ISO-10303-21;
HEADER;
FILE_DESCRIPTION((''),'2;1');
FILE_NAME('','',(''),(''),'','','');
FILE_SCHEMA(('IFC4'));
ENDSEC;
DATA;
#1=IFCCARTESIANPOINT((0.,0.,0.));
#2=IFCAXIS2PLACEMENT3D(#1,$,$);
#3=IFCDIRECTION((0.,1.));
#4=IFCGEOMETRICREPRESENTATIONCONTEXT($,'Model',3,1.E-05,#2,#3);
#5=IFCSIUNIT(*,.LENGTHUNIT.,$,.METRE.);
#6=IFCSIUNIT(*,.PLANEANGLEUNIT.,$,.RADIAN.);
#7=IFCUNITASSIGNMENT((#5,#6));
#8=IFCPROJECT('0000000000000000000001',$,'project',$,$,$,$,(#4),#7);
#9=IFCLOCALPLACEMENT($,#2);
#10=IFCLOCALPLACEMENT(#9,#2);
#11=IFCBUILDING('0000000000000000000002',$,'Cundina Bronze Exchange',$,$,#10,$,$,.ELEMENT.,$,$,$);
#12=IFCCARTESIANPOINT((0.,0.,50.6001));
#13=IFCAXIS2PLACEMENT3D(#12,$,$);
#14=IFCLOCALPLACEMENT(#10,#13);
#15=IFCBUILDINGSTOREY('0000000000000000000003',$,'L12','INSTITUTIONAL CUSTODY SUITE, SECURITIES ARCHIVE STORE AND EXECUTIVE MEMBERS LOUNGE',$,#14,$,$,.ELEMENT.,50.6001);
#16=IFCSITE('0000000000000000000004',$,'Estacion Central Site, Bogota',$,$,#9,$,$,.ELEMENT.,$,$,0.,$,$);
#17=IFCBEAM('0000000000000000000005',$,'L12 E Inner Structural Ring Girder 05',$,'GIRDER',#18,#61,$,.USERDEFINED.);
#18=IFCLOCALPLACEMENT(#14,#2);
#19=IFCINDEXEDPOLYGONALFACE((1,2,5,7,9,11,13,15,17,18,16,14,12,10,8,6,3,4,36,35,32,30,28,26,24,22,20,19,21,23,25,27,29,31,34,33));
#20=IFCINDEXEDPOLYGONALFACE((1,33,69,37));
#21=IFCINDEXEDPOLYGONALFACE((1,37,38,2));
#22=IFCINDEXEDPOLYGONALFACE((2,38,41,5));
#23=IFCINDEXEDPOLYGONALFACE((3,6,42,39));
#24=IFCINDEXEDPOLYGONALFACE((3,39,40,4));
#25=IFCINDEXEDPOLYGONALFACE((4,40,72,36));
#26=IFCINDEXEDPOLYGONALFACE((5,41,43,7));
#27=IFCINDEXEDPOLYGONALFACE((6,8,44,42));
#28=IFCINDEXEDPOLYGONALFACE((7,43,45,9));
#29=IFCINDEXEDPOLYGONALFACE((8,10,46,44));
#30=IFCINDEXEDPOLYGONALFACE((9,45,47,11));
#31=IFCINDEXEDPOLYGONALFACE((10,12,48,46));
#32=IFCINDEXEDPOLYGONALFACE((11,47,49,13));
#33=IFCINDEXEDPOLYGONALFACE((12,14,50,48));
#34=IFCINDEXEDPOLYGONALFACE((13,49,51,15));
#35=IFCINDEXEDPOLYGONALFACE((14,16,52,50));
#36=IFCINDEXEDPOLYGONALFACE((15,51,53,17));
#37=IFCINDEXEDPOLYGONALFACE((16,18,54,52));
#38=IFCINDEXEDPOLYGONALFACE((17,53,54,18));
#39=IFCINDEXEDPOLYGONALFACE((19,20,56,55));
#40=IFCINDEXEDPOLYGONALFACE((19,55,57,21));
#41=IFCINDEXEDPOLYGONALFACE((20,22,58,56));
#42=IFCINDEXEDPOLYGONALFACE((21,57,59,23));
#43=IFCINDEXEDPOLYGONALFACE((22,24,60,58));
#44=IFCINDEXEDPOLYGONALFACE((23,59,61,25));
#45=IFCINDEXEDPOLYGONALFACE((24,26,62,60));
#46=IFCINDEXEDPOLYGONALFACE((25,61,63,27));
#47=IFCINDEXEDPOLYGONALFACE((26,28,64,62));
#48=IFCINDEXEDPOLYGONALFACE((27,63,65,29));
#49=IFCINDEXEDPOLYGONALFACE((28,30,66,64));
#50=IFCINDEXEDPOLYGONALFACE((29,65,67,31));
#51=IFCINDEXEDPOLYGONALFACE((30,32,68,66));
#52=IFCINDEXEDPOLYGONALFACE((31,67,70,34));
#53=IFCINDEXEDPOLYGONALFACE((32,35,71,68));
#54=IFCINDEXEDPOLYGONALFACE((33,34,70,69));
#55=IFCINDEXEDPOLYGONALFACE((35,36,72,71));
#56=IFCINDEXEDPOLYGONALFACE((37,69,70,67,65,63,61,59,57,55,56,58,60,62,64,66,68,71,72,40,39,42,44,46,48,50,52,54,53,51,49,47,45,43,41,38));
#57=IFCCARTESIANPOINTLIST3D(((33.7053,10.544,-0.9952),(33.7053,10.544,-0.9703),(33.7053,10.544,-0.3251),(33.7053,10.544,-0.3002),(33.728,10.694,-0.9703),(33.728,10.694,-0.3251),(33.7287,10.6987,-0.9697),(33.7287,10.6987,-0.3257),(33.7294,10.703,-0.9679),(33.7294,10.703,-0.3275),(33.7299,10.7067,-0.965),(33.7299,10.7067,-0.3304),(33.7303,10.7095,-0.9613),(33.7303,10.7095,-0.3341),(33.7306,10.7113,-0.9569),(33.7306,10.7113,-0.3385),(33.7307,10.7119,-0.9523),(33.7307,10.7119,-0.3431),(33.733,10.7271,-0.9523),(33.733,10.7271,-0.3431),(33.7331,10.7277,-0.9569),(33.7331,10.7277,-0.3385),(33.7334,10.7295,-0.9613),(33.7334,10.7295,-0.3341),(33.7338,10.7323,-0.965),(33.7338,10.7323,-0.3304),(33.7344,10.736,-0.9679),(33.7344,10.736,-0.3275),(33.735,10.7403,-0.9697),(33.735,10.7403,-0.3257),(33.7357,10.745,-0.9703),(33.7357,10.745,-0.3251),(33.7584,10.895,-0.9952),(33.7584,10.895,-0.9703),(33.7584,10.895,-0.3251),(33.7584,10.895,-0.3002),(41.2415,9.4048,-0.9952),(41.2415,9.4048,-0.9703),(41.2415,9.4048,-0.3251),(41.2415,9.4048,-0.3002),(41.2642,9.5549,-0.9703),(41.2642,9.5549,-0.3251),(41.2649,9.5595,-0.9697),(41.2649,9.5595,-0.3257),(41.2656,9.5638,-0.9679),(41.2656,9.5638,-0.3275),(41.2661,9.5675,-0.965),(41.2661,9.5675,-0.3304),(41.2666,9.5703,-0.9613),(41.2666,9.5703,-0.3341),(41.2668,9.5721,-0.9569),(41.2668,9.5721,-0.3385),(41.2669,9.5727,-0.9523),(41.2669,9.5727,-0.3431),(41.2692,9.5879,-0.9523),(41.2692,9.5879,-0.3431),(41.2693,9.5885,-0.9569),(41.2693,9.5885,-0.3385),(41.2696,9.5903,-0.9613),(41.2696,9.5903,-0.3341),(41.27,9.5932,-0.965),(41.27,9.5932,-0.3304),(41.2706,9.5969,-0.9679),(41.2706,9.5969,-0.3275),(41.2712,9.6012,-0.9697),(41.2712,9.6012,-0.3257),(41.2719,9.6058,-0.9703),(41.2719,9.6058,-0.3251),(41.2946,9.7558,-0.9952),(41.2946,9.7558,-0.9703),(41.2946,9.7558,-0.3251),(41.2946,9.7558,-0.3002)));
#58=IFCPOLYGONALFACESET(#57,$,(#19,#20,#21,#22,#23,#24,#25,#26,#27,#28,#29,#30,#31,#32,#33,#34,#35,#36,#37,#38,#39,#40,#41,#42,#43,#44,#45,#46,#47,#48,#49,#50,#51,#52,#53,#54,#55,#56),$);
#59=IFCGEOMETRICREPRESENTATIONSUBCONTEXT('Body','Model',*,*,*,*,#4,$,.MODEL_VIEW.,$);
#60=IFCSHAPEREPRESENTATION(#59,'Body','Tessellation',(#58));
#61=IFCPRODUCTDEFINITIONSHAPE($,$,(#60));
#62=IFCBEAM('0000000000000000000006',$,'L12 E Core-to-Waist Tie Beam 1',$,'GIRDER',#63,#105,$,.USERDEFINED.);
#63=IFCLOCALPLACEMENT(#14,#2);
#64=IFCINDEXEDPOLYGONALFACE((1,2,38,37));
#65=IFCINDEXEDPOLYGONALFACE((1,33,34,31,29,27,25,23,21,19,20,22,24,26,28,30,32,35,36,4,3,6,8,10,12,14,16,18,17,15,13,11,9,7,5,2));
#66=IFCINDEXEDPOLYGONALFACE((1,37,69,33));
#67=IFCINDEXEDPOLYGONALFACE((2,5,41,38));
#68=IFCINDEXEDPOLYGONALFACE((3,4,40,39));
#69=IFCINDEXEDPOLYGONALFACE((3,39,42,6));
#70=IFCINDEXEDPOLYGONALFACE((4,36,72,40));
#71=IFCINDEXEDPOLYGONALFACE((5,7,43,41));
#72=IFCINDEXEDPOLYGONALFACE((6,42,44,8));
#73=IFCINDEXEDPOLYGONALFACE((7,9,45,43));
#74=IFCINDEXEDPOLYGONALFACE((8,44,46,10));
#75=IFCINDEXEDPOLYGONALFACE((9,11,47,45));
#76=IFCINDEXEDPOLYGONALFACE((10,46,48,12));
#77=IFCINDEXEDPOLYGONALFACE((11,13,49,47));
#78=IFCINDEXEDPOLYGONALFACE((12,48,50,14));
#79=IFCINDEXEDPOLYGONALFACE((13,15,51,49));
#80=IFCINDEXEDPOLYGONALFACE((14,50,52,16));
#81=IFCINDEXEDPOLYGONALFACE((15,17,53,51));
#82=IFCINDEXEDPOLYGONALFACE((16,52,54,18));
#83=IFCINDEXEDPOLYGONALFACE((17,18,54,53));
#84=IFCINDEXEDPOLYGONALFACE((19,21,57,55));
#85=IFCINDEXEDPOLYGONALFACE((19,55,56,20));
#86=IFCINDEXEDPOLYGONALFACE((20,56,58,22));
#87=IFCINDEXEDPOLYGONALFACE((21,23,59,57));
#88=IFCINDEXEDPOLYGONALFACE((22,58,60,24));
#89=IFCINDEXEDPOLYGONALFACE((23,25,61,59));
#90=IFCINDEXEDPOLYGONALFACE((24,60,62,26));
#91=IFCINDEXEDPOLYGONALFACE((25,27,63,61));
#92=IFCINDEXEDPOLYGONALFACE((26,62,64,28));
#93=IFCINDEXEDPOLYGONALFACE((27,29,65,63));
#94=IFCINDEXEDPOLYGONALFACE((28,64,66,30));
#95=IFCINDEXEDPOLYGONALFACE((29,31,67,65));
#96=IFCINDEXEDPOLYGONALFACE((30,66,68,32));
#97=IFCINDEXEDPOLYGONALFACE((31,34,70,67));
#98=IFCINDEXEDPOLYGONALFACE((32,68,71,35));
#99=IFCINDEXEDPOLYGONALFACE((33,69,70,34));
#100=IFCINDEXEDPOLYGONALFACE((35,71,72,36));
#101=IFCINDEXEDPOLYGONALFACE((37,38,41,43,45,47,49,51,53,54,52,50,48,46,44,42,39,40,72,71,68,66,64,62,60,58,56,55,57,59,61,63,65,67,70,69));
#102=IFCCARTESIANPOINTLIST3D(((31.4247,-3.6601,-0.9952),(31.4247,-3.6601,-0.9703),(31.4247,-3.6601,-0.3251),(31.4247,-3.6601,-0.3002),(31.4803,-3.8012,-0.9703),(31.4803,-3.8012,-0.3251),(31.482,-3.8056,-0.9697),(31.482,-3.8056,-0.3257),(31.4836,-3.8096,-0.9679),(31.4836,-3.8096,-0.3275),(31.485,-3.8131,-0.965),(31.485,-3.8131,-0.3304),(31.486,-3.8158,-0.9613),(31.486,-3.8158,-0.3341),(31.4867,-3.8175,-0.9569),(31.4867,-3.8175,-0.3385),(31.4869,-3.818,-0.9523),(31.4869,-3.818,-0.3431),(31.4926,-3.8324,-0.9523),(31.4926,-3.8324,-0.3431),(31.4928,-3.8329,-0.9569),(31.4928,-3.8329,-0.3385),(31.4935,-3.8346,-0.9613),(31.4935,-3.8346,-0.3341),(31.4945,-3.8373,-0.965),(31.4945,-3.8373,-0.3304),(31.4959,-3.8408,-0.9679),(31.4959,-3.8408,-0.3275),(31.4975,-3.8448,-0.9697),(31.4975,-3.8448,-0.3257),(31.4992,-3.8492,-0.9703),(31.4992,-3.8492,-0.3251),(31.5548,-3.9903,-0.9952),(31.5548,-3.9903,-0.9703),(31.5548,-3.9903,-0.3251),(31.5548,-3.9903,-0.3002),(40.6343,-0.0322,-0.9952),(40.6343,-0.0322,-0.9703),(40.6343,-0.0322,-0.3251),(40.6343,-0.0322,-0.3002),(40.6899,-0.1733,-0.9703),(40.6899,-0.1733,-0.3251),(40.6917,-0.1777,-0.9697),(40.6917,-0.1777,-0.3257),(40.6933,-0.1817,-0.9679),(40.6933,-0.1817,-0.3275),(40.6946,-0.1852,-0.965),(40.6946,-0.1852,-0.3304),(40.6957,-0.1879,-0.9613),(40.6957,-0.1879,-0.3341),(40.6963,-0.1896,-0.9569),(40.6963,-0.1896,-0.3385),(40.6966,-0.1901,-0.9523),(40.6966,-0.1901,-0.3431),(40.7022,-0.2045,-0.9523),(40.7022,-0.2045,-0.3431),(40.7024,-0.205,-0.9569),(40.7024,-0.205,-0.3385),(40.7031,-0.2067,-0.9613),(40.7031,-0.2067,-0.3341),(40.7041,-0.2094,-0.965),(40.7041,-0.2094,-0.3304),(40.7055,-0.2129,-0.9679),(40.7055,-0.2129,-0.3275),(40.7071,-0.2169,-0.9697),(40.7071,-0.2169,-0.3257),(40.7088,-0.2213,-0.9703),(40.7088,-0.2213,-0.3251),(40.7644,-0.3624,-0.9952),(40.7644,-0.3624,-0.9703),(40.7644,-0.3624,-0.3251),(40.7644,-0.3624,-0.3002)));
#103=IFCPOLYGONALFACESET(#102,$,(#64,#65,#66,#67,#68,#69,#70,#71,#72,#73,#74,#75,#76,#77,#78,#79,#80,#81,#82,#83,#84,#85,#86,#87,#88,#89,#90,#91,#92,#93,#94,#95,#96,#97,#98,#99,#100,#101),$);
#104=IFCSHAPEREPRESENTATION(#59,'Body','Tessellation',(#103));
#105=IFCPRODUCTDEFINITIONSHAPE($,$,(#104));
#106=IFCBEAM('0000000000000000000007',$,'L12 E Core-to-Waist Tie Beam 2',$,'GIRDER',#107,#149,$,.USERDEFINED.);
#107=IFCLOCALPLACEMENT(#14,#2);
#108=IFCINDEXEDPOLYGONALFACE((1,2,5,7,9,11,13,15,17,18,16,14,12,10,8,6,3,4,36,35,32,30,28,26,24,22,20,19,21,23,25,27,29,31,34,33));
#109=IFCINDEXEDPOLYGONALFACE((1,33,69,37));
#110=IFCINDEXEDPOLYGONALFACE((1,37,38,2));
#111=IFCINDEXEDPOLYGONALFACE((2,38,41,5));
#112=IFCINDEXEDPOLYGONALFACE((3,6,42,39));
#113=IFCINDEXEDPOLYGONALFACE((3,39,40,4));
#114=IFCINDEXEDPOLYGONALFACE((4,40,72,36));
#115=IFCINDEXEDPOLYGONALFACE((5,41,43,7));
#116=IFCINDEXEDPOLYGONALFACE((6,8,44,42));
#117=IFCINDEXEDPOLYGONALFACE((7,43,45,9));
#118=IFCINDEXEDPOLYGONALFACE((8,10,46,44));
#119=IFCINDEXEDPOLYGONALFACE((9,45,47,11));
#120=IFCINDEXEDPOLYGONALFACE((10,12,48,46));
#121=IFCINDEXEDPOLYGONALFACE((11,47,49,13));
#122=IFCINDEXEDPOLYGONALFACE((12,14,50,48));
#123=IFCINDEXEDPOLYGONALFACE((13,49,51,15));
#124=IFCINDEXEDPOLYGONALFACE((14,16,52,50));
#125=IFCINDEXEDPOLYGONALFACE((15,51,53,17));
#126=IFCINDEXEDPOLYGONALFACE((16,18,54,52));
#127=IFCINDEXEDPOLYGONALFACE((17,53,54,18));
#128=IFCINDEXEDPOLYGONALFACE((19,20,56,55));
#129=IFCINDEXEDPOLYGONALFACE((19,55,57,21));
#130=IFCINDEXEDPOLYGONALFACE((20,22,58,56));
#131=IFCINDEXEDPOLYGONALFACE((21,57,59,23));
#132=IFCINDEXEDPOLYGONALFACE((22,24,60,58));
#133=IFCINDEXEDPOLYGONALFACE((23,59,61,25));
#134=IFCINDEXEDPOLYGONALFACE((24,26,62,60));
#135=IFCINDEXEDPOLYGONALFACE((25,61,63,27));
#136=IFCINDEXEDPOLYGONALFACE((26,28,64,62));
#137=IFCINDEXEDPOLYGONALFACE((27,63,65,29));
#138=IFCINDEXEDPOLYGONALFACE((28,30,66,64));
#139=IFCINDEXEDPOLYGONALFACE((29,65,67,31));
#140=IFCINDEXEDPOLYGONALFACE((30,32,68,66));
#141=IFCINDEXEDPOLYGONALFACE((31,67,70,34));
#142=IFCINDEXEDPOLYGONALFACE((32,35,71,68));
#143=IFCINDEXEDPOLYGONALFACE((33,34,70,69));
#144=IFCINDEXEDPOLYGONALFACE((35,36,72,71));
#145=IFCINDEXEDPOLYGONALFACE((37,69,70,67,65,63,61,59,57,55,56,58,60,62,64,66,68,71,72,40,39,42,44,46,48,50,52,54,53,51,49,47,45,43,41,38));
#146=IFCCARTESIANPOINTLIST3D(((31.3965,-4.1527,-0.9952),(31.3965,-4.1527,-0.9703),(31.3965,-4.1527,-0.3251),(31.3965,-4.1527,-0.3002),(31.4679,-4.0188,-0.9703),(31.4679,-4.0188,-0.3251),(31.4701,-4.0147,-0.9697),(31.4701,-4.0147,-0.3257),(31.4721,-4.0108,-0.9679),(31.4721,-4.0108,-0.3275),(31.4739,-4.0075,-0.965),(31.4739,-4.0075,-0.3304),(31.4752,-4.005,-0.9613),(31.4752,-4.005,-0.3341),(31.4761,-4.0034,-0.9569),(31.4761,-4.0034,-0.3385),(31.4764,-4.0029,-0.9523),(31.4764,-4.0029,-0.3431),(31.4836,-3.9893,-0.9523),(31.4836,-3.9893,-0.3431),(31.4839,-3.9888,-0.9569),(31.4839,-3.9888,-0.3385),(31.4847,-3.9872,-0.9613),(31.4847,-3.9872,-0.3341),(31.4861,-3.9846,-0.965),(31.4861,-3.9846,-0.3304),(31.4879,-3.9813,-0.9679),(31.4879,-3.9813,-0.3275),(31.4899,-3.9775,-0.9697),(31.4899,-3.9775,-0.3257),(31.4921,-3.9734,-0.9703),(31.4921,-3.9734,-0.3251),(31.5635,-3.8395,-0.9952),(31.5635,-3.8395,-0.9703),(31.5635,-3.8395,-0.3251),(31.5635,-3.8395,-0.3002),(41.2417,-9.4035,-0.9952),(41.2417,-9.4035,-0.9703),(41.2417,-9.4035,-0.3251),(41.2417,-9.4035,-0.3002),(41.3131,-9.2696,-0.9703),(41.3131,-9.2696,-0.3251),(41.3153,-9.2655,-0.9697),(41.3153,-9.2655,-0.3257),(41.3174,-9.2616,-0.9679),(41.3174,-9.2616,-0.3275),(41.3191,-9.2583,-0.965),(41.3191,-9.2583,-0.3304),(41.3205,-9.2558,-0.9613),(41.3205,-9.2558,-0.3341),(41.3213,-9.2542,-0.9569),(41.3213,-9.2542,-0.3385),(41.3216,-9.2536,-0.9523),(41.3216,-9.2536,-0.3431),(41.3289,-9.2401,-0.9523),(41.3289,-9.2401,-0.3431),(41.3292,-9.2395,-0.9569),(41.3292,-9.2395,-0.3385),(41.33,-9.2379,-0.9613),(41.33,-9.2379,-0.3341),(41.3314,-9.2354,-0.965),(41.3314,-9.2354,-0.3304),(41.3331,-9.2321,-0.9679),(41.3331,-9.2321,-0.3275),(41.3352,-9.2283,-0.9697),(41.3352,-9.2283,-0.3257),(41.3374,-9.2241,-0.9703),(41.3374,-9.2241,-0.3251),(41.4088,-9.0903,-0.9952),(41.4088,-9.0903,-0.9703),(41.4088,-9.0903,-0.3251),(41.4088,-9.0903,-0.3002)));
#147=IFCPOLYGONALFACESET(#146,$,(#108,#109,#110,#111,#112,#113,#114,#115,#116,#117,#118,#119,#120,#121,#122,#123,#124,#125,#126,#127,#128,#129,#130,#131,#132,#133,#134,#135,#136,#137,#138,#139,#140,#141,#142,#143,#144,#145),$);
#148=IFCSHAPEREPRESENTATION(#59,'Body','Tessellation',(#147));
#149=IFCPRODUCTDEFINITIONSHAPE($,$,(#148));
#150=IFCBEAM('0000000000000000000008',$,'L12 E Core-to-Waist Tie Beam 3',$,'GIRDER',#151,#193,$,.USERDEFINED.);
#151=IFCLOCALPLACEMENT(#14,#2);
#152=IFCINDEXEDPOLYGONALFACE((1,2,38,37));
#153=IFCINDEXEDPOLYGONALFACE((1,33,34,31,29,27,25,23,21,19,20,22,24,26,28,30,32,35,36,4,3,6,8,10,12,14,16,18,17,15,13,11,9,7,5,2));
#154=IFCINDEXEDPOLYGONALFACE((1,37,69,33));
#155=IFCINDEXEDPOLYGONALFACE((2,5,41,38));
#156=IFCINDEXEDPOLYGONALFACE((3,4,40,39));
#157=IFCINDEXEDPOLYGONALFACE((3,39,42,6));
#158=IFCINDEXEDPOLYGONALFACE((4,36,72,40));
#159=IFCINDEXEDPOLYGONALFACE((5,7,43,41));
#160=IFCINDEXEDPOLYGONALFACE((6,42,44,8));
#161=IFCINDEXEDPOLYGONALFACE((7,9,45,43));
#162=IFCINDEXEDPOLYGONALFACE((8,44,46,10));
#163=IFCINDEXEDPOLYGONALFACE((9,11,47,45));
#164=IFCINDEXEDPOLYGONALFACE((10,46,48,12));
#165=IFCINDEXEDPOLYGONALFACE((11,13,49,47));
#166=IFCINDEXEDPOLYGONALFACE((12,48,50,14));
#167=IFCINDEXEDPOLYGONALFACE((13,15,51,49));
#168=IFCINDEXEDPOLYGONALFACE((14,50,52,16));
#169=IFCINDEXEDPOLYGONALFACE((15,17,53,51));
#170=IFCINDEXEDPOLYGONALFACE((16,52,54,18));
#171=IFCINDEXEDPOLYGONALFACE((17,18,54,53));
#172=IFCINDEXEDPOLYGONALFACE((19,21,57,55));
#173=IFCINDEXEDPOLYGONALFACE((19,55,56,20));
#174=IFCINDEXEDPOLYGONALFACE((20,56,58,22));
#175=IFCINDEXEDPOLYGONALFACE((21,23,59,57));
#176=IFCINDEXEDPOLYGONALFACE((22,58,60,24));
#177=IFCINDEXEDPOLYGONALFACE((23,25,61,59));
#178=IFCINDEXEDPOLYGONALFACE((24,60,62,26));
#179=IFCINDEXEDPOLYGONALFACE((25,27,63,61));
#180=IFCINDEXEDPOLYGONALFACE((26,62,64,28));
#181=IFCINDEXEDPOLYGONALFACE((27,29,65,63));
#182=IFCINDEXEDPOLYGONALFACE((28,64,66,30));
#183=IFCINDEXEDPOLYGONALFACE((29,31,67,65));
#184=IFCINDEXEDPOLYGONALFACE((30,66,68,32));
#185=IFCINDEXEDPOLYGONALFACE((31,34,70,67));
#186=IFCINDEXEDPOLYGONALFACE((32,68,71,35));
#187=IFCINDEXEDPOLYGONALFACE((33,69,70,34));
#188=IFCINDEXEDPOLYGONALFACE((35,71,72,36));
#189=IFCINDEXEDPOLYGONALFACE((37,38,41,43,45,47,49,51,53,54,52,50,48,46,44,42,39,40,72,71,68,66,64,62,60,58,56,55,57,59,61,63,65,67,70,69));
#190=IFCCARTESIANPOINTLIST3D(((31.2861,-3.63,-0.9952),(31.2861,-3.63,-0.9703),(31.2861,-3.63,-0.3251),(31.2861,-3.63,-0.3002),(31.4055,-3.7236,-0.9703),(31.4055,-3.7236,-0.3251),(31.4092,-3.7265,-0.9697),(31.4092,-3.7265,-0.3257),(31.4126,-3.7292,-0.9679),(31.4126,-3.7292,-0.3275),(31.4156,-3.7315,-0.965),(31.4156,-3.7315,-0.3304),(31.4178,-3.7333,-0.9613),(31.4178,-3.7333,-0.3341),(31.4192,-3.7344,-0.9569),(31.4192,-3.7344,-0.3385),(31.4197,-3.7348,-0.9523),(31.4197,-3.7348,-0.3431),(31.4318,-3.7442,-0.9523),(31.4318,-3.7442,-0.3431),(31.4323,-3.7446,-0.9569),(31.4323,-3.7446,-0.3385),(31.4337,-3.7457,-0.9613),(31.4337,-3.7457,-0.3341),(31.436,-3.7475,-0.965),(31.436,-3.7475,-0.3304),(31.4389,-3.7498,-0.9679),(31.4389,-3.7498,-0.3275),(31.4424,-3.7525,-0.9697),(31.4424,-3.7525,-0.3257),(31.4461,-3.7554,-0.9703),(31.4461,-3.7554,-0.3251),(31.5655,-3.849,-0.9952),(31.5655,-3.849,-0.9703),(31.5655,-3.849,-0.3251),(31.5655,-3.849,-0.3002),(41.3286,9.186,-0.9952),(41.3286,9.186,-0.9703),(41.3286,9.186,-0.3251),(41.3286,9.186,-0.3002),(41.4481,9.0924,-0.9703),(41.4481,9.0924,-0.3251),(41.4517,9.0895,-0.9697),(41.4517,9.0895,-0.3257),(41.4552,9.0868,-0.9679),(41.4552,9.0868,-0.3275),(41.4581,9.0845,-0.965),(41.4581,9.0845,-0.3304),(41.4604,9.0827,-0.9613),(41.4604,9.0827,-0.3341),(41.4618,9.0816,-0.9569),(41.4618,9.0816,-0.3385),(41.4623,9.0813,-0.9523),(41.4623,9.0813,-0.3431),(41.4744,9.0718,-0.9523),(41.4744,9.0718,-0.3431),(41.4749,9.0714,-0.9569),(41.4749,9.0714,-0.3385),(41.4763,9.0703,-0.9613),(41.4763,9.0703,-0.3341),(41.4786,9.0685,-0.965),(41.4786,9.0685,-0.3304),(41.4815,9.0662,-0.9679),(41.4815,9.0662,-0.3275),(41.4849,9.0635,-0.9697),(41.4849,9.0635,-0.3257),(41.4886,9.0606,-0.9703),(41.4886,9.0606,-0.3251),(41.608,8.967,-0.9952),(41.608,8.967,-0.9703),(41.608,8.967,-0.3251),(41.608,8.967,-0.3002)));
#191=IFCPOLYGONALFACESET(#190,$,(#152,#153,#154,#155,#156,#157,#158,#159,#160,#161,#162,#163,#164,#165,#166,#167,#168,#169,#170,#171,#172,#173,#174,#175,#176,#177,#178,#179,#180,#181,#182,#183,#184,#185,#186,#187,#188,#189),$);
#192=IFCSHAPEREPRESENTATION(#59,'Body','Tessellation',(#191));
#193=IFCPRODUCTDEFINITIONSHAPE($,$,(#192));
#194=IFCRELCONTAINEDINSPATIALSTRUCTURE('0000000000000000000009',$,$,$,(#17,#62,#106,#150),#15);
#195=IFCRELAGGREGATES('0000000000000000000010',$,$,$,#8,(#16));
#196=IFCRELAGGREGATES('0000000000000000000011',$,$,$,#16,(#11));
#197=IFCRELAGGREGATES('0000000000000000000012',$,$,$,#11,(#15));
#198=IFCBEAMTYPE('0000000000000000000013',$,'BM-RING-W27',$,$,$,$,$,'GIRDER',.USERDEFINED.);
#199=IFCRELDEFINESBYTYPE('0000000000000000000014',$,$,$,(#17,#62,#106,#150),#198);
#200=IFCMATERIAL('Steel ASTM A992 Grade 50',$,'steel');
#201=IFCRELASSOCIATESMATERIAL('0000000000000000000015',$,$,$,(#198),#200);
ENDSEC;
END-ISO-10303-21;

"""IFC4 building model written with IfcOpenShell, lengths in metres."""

from ifc_helpers import new_model, si_unit, direction, frame, origin, origin_2d, place, context, subcontext, project, spatial, i_section, extrude, material, material_profile, profile_set, type_object, element, save


model = new_model("IFC4")

# Units and contexts
model_context = context("Model", 3, precision=1e-05, world=origin(), true_north=direction((0.0, 1.0)))
body_context = subcontext(model_context, "Body", "Model", "MODEL_VIEW")
ifc_project = project(units=[si_unit("LENGTHUNIT", "METRE"), si_unit("PLANEANGLEUNIT", "RADIAN")], contexts=[model_context])

# Site, building, storey
site_placement = place(None, origin())
site = spatial("IfcSite", under=ifc_project, at=site_placement, Name="Estacion Central Site, Bogota", CompositionType="ELEMENT", RefElevation=0.0)
building_placement = place(site_placement, origin())
building = spatial("IfcBuilding", under=site, at=building_placement, Name="Cundina Bronze Exchange", CompositionType="ELEMENT")
storey_placement = place(building_placement, frame((0.0, 0.0, 50.6001)))
storey = spatial("IfcBuildingStorey", under=building, at=storey_placement, Name="L12", Description="INSTITUTIONAL CUSTODY SUITE, SECURITIES ARCHIVE STORE AND EXECUTIVE MEMBERS LOUNGE", CompositionType="ELEMENT", Elevation=50.6001)

# Shared definitions
ifc_material_1 = material(Name="Steel ASTM A992 Grade 50", Category="steel")

# Beams
ifc_material_profile_1 = material_profile(ifc_material_1, i_section(OverallWidth=0.355, OverallDepth=0.6951, WebThickness=0.0154, FlangeThickness=0.0249, FilletRadius=0.0181, at=origin_2d()), Name="W27X146", Category="steel")
ifc_profile_set_1 = profile_set([ifc_material_profile_1], Name="Steel ASTM A992 Grade 50")
beam_type_1 = type_object("IfcBeamType", Name="BM-RING-W27", ElementType="GIRDER", PredefinedType="USERDEFINED", material=ifc_profile_set_1)
beam_1_placement = place(storey_placement, frame((41.2681, 9.5803, -0.6477), z_axis=(-0.988767, 0.149462, 0.0), x_axis=(-0.149462, -0.988767, 0.0)))
element("IfcBeam", 1, at=beam_1_placement, inside=storey, type_object=beam_type_1, Name="L12 E Inner Structural Ring Girder 05", ObjectType="GIRDER", PredefinedType="USERDEFINED", context=body_context, shape_type="SweptSolid", body=[
    extrude(i_section(OverallWidth=0.355, OverallDepth=0.6951, WebThickness=0.0154, FlangeThickness=0.0249, FilletRadius=0.0181, at=origin_2d()), origin(), (0.0, 0.0, 1.0), 7.6218),
])
beam_2_placement = place(storey_placement, frame((31.4897, -3.8252, -0.6477), z_axis=(0.930413, 0.366512, 0.0), x_axis=(-0.366512, 0.930413, 0.0)))
element("IfcBeam", 2, at=beam_2_placement, inside=storey, type_object=beam_type_1, Name="L12 E Core-to-Waist Tie Beam 1", ObjectType="GIRDER", PredefinedType="USERDEFINED", context=body_context, shape_type="SweptSolid", body=[
    extrude(i_section(OverallWidth=0.355, OverallDepth=0.6951, WebThickness=0.0154, FlangeThickness=0.0249, FilletRadius=0.0181, at=origin_2d()), origin(), (0.0, 0.0, 1.0), 9.8984),
])
beam_3_placement = place(storey_placement, frame((31.48, -3.9961, -0.6477), z_axis=(0.882355, -0.470585, 0.0), x_axis=(0.470585, 0.882355, 0.0)))
element("IfcBeam", 3, at=beam_3_placement, inside=storey, type_object=beam_type_1, Name="L12 E Core-to-Waist Tie Beam 2", ObjectType="GIRDER", PredefinedType="USERDEFINED", context=body_context, shape_type="SweptSolid", body=[
    extrude(i_section(OverallWidth=0.355, OverallDepth=0.6951, WebThickness=0.0154, FlangeThickness=0.0249, FilletRadius=0.0181, at=origin_2d()), origin(), (0.0, 0.0, 1.0), 11.158),
])
beam_4_placement = place(storey_placement, frame((31.4258, -3.7395, -0.6477), z_axis=(0.616789, 0.787128, 0.0), x_axis=(-0.787128, 0.616789, 0.0)))
element("IfcBeam", 4, at=beam_4_placement, inside=storey, type_object=beam_type_1, Name="L12 E Core-to-Waist Tie Beam 3", ObjectType="GIRDER", PredefinedType="USERDEFINED", context=body_context, shape_type="SweptSolid", body=[
    extrude(i_section(OverallWidth=0.355, OverallDepth=0.6951, WebThickness=0.0154, FlangeThickness=0.0249, FilletRadius=0.0181, at=origin_2d()), origin(), (0.0, 0.0, 1.0), 16.282),
])

save(model, "model.ifc")
